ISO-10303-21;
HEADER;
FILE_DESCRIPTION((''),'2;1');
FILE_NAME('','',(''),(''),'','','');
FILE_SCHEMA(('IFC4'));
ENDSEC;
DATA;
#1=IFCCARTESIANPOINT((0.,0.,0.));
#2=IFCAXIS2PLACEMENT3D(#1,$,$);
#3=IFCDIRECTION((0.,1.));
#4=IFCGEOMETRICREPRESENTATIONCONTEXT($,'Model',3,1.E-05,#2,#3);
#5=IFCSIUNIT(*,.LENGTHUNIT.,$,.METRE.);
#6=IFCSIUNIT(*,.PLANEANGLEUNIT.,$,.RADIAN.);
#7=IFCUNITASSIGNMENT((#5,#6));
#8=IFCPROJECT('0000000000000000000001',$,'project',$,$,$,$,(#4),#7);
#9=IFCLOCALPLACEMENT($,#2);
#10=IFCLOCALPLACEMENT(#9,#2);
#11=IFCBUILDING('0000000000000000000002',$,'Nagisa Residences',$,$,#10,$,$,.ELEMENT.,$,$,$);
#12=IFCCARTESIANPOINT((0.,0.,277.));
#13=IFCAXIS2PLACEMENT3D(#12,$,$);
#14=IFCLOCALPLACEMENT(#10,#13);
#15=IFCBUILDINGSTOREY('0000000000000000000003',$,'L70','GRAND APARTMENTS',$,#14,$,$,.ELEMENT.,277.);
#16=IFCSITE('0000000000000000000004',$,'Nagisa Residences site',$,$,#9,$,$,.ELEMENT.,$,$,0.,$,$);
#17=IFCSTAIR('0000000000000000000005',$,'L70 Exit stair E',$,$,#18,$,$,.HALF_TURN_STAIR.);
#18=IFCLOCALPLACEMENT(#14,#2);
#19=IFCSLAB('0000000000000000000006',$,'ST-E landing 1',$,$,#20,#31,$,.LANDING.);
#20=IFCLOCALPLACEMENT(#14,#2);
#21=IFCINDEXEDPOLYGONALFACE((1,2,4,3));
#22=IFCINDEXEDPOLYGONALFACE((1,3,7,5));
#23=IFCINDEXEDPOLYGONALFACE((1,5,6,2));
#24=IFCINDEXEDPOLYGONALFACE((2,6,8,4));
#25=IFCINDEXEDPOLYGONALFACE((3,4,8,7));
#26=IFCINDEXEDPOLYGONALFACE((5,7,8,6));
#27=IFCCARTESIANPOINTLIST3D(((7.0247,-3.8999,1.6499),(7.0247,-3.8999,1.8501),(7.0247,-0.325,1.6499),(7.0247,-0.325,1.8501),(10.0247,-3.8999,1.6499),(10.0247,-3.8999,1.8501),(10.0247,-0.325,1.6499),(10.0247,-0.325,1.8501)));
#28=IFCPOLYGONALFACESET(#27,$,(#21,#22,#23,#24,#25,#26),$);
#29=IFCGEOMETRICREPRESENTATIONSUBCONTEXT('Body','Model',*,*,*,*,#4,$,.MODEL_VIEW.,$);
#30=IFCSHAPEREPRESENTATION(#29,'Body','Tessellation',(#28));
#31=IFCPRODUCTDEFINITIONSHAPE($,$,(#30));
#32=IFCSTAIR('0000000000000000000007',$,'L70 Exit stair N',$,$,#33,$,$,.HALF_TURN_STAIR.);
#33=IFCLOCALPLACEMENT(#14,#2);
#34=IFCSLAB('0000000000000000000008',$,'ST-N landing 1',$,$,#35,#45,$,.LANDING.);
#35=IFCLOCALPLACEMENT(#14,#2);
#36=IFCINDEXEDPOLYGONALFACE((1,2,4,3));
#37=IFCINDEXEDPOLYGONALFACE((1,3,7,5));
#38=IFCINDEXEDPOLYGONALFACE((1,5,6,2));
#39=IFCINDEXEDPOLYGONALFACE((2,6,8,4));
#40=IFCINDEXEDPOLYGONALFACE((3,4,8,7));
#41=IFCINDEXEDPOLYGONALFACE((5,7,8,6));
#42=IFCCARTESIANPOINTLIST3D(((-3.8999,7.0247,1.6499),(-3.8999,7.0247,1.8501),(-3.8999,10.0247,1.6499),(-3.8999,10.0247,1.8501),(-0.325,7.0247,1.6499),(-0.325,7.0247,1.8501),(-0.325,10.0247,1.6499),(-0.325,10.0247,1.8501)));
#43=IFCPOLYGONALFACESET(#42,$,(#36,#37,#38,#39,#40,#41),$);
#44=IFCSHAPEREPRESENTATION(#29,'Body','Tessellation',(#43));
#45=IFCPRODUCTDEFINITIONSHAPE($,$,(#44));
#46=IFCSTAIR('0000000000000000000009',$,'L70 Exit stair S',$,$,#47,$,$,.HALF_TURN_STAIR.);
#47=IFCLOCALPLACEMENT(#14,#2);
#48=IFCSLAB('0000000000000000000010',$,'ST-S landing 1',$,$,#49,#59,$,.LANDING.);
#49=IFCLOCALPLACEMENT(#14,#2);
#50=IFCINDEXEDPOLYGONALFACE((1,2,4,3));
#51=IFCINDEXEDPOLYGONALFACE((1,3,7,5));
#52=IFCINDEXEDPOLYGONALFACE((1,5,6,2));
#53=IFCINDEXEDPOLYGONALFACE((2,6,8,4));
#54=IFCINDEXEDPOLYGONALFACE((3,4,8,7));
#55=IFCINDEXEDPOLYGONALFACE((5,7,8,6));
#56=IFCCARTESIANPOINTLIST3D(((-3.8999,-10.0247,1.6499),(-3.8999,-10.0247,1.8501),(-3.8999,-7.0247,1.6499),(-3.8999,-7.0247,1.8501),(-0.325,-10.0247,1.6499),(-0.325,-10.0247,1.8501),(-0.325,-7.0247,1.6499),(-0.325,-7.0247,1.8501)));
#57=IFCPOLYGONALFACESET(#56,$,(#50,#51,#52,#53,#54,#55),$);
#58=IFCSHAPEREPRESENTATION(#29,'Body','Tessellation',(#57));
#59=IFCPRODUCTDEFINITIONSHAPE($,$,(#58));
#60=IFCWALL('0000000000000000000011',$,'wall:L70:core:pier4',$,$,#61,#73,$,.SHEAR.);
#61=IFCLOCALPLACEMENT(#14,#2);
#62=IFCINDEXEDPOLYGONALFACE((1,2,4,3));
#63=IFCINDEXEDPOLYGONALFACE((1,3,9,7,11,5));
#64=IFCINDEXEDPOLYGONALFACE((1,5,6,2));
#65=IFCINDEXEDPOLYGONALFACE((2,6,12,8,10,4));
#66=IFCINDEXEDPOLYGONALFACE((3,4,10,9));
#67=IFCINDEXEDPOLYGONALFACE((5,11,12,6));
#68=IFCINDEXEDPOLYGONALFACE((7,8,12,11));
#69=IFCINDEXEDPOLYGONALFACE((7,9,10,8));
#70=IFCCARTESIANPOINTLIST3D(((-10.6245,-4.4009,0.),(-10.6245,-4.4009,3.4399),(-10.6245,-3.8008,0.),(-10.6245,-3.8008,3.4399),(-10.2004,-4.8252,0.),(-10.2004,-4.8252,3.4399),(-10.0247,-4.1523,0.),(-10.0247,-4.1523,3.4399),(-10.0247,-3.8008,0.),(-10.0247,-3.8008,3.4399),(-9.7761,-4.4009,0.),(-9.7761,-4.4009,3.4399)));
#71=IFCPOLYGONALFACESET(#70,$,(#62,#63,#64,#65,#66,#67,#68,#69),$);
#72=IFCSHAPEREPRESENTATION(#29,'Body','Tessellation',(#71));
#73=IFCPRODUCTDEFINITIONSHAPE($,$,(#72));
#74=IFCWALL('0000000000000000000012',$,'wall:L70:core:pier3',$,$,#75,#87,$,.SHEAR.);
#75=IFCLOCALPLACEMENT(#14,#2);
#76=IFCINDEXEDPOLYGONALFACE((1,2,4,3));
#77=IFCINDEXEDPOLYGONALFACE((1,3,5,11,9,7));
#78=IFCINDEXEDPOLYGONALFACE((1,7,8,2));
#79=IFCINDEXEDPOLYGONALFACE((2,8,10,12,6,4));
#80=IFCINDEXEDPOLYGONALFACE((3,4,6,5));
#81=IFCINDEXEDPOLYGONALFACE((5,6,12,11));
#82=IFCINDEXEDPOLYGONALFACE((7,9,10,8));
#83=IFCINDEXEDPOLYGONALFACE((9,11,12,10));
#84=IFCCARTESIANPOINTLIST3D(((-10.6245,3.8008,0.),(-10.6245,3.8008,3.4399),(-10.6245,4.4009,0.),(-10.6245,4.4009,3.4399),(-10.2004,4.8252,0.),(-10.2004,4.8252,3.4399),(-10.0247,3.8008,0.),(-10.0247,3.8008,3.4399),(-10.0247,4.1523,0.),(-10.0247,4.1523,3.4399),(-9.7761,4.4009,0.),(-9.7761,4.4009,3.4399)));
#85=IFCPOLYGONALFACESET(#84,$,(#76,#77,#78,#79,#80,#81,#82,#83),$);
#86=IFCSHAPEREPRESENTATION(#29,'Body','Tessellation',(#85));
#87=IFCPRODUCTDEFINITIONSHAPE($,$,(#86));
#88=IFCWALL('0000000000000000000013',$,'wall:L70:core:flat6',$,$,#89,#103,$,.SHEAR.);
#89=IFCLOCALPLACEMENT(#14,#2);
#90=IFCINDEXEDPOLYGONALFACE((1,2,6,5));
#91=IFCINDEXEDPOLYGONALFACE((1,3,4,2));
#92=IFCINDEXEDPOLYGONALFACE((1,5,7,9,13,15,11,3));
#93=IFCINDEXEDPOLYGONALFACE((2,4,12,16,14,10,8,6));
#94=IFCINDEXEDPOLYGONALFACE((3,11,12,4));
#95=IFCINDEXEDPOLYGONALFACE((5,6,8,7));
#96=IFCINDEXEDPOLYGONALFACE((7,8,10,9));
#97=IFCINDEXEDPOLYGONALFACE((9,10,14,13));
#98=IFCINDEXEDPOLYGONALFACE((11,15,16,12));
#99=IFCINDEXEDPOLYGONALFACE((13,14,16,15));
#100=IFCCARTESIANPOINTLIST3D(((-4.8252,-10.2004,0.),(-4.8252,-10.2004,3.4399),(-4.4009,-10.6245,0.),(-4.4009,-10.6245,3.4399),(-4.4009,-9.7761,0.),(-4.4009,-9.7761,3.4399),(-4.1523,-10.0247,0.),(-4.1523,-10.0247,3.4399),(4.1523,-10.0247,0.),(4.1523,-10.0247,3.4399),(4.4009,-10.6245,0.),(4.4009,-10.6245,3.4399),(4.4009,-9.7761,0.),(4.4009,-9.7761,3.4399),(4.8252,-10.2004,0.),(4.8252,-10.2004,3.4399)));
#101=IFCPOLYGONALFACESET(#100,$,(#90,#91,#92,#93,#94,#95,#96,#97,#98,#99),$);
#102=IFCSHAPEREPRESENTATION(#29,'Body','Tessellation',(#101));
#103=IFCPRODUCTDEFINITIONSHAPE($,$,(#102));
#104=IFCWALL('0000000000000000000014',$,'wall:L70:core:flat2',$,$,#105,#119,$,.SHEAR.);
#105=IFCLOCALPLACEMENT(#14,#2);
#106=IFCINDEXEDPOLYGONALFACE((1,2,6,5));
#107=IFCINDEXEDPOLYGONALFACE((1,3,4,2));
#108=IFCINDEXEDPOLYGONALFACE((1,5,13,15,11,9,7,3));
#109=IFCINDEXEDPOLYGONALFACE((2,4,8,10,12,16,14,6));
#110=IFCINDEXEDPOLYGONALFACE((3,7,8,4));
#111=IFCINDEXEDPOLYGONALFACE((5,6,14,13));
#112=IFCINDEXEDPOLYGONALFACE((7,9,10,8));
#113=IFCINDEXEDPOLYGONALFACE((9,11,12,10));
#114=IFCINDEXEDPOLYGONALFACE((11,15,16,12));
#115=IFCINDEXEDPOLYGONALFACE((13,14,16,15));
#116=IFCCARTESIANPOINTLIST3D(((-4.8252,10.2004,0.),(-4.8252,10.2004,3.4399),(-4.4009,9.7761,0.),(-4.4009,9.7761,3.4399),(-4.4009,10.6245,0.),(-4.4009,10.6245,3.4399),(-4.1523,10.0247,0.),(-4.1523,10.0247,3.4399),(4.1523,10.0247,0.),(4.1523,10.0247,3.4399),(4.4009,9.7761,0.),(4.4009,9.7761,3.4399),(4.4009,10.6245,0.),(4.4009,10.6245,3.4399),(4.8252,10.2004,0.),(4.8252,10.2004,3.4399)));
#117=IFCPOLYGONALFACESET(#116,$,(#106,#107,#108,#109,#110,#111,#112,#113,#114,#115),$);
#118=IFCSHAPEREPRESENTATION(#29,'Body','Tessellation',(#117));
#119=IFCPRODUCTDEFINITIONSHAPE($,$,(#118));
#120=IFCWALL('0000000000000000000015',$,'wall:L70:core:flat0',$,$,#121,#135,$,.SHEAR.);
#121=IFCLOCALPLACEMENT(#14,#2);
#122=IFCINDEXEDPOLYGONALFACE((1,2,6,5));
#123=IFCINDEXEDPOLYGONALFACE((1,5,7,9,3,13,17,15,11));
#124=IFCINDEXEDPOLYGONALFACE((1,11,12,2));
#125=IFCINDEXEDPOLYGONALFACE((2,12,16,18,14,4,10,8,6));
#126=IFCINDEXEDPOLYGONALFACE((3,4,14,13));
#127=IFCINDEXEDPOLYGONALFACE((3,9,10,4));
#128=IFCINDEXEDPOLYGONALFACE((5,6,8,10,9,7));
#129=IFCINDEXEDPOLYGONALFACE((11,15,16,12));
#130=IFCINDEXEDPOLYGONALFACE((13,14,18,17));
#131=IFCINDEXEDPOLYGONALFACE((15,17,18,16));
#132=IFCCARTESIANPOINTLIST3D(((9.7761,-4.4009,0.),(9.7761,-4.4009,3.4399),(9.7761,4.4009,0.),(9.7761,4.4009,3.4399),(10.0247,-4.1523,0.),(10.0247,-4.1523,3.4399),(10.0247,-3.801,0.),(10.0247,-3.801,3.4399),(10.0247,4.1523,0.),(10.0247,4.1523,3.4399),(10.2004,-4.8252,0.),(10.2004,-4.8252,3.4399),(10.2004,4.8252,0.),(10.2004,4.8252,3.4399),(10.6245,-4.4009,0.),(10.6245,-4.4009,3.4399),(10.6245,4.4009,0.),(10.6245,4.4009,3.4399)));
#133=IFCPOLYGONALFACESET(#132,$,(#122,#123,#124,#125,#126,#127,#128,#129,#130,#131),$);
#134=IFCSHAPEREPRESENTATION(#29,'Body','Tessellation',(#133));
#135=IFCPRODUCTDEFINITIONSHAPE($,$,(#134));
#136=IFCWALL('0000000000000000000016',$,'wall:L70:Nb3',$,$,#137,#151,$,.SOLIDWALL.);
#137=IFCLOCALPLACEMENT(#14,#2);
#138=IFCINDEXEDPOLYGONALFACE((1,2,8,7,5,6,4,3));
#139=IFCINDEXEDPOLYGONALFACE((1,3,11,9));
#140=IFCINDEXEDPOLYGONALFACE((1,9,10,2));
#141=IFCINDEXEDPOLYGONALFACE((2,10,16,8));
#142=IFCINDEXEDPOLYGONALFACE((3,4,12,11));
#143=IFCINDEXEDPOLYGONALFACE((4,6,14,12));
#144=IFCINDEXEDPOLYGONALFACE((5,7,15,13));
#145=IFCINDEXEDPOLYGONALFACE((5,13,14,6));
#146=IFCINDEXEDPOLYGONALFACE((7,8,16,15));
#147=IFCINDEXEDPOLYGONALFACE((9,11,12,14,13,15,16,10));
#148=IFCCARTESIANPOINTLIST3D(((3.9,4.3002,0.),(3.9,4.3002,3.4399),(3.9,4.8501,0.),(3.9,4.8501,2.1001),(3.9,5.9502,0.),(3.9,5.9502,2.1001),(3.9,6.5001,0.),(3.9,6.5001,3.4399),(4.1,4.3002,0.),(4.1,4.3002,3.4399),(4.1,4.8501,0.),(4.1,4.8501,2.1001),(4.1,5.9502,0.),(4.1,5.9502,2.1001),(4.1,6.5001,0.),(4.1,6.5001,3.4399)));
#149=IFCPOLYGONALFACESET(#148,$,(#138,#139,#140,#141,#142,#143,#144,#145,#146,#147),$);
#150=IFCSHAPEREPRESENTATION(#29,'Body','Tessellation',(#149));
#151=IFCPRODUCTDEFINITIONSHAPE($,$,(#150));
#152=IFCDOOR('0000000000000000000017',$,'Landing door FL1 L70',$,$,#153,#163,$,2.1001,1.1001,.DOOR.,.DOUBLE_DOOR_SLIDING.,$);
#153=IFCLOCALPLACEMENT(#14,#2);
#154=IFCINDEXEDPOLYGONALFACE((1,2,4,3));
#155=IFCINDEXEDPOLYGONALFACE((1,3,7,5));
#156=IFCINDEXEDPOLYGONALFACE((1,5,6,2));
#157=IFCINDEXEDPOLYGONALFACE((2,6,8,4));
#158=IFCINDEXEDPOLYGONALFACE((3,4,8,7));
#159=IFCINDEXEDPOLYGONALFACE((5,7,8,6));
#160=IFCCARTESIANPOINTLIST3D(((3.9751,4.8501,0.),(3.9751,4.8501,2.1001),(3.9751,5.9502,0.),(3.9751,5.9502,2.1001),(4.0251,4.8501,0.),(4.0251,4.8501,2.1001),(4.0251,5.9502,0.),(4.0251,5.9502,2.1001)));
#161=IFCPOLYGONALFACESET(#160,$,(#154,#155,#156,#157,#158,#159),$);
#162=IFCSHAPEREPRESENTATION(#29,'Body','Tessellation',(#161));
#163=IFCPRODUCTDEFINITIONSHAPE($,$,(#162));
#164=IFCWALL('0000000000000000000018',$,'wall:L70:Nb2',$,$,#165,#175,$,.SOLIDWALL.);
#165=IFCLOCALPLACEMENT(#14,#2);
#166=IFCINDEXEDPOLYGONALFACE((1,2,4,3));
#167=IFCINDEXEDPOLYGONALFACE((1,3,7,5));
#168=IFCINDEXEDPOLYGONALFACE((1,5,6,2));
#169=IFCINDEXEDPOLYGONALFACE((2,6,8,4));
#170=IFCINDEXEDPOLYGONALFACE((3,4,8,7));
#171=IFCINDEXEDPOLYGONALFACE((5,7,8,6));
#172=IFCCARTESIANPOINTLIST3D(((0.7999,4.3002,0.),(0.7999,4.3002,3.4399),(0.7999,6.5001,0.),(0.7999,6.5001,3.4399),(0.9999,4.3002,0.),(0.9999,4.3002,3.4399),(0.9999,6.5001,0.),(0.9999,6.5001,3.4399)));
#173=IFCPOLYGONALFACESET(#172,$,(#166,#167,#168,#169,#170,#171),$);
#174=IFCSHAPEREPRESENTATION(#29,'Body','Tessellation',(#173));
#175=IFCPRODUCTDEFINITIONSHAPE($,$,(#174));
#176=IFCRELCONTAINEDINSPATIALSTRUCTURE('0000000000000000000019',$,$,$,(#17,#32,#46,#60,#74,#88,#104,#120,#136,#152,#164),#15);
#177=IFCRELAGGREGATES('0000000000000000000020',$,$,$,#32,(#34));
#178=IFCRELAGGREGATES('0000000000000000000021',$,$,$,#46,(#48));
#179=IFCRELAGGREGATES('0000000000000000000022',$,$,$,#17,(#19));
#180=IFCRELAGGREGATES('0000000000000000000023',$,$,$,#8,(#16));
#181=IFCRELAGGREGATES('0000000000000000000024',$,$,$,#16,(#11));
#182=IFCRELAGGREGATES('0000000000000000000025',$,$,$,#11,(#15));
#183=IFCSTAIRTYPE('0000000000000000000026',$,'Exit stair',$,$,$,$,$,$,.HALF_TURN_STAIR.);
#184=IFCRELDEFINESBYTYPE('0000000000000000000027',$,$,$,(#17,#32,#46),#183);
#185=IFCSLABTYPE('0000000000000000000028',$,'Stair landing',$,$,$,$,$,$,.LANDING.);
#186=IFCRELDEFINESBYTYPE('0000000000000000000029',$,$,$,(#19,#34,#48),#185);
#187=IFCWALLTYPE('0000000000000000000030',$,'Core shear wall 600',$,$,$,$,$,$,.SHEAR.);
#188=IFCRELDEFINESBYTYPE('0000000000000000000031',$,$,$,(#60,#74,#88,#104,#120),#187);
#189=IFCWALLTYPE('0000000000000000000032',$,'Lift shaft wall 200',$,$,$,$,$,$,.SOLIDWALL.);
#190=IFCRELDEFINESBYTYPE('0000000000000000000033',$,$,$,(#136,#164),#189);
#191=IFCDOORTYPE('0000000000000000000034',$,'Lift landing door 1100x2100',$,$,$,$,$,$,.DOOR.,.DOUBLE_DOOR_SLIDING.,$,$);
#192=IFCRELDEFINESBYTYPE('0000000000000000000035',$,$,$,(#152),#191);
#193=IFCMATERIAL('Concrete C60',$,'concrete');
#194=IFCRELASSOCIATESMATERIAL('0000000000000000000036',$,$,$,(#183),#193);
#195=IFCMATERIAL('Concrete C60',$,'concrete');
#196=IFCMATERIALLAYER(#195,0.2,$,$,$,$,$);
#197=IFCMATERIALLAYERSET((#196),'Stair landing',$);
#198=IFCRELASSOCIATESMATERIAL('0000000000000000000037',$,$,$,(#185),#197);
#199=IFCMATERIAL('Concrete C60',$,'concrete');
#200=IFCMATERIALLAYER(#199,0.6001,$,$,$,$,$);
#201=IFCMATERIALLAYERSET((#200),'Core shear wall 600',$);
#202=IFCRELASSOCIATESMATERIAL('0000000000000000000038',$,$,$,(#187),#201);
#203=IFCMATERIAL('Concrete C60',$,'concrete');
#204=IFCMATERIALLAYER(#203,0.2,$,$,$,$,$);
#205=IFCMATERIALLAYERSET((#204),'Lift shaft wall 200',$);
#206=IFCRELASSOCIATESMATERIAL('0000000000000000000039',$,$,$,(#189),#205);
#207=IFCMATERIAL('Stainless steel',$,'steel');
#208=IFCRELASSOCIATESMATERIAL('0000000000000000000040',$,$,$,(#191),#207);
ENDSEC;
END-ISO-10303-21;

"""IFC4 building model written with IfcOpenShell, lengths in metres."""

from ifc_helpers import new_model, si_unit, direction, frame, frame_2d, origin, place, context, subcontext, project, spatial, polyline, rectangle, outline, extrude, material, layer, layer_set, type_object, element, fill, aggregate, save


model = new_model("IFC4")

# Units and contexts
model_context = context("Model", 3, precision=1e-05, world=origin(), true_north=direction((0.0, 1.0)))
body_context = subcontext(model_context, "Body", "Model", "MODEL_VIEW")
ifc_project = project(units=[si_unit("LENGTHUNIT", "METRE"), si_unit("PLANEANGLEUNIT", "RADIAN")], contexts=[model_context])

# Site, building, storey
site_placement = place(None, origin())
site = spatial("IfcSite", under=ifc_project, at=site_placement, Name="Nagisa Residences site", CompositionType="ELEMENT", RefElevation=0.0)
building_placement = place(site_placement, origin())
building = spatial("IfcBuilding", under=site, at=building_placement, Name="Nagisa Residences", CompositionType="ELEMENT")
storey_placement = place(building_placement, frame((0.0, 0.0, 277.0)))
storey = spatial("IfcBuildingStorey", under=building, at=storey_placement, Name="L70", Description="GRAND APARTMENTS", CompositionType="ELEMENT", Elevation=277.0)

# Stairs, slabs
ifc_material_1 = material(Name="Concrete C60", Category="concrete")
stair_type = type_object("IfcStairType", Name="Exit stair", PredefinedType="HALF_TURN_STAIR", material=ifc_material_1)
stair_1_placement = place(storey_placement, origin())
stair_1 = element("IfcStair", 1, at=stair_1_placement, inside=storey, type_object=stair_type, Name="L70 Exit stair E", PredefinedType="HALF_TURN_STAIR")
ifc_material_2 = material(Name="Concrete C60", Category="concrete")
ifc_layer_1 = layer(ifc_material_2, 0.2)
ifc_layer_set_1 = layer_set([ifc_layer_1], Name="Stair landing")
slab_type = type_object("IfcSlabType", Name="Stair landing", PredefinedType="LANDING", material=ifc_layer_set_1)
slab_1_placement = place(storey_placement, frame((0.0, 0.0, 1.6499)))
slab_1 = element("IfcSlab", 2, at=slab_1_placement, type_object=slab_type, Name="ST-E landing 1", PredefinedType="LANDING", context=body_context, shape_type="SweptSolid", body=[
    extrude(outline(polyline([(7.0247, -0.325), (7.0247, -3.8999), (10.0247, -3.8999), (10.0247, -0.325), (7.0247, -0.325)])), origin(), (0.0, 0.0, 1.0), 0.2002),
])
stair_2_placement = place(storey_placement, origin())
stair_2 = element("IfcStair", 3, at=stair_2_placement, inside=storey, type_object=stair_type, Name="L70 Exit stair N", PredefinedType="HALF_TURN_STAIR")
slab_2_placement = place(storey_placement, frame((0.0, 0.0, 1.6499)))
slab_2 = element("IfcSlab", 4, at=slab_2_placement, type_object=slab_type, Name="ST-N landing 1", PredefinedType="LANDING", context=body_context, shape_type="SweptSolid", body=[
    extrude(outline(polyline([(-0.325, 10.0247), (-3.8999, 10.0247), (-3.8999, 7.0247), (-0.325, 7.0247), (-0.325, 10.0247)])), origin(), (0.0, 0.0, 1.0), 0.2002),
])
aggregate(stair_2, [slab_2])
stair_3_placement = place(storey_placement, origin())
stair_3 = element("IfcStair", 5, at=stair_3_placement, inside=storey, type_object=stair_type, Name="L70 Exit stair S", PredefinedType="HALF_TURN_STAIR")
slab_3_placement = place(storey_placement, frame((0.0, 0.0, 1.6499)))
slab_3 = element("IfcSlab", 6, at=slab_3_placement, type_object=slab_type, Name="ST-S landing 1", PredefinedType="LANDING", context=body_context, shape_type="SweptSolid", body=[
    extrude(outline(polyline([(-0.325, -7.0247), (-3.8999, -7.0247), (-3.8999, -10.0247), (-0.325, -10.0247), (-0.325, -7.0247)])), origin(), (0.0, 0.0, 1.0), 0.2002),
])
aggregate(stair_3, [slab_3])

# Walls
ifc_material_3 = material(Name="Concrete C60", Category="concrete")
ifc_layer_2 = layer(ifc_material_3, 0.6001)
ifc_layer_set_2 = layer_set([ifc_layer_2], Name="Core shear wall 600")
wall_type_1 = type_object("IfcWallType", Name="Core shear wall 600", PredefinedType="SHEAR", material=ifc_layer_set_2)
wall_1_placement = place(storey_placement, origin())
element("IfcWall", 7, at=wall_1_placement, inside=storey, type_object=wall_type_1, Name="wall:L70:core:pier4", PredefinedType="SHEAR", context=body_context, shape_type="SweptSolid", body=[
    extrude(outline(polyline([(-10.6245, -3.8008), (-10.0247, -3.8008), (-10.0247, -4.1523), (-9.7761, -4.4009), (-10.2004, -4.8252), (-10.6245, -4.4009), (-10.6245, -3.8008)])), origin(), (0.0, 0.0, 1.0), 3.4399),
])
wall_2_placement = place(storey_placement, origin())
element("IfcWall", 8, at=wall_2_placement, inside=storey, type_object=wall_type_1, Name="wall:L70:core:pier3", PredefinedType="SHEAR", context=body_context, shape_type="SweptSolid", body=[
    extrude(outline(polyline([(-10.2004, 4.8252), (-9.7761, 4.4009), (-10.0247, 4.1523), (-10.0247, 3.8008), (-10.6245, 3.8008), (-10.6245, 4.4009), (-10.2004, 4.8252)])), origin(), (0.0, 0.0, 1.0), 3.4399),
])
wall_3_placement = place(storey_placement, origin())
element("IfcWall", 9, at=wall_3_placement, inside=storey, type_object=wall_type_1, Name="wall:L70:core:flat6", PredefinedType="SHEAR", context=body_context, shape_type="SweptSolid", body=[
    extrude(outline(polyline([(-4.1523, -10.0247), (4.1523, -10.0247), (4.4009, -9.7761), (4.8252, -10.2004), (4.4009, -10.6245), (-4.4009, -10.6245), (-4.8252, -10.2004), (-4.4009, -9.7761), (-4.1523, -10.0247)])), origin(), (0.0, 0.0, 1.0), 3.4399),
])
wall_4_placement = place(storey_placement, origin())
element("IfcWall", 10, at=wall_4_placement, inside=storey, type_object=wall_type_1, Name="wall:L70:core:flat2", PredefinedType="SHEAR", context=body_context, shape_type="SweptSolid", body=[
    extrude(outline(polyline([(-4.1523, 10.0247), (-4.4009, 9.7761), (-4.8252, 10.2004), (-4.4009, 10.6245), (4.4009, 10.6245), (4.8252, 10.2004), (4.4009, 9.7761), (4.1523, 10.0247), (-4.1523, 10.0247)])), origin(), (0.0, 0.0, 1.0), 3.4399),
])
wall_5_placement = place(storey_placement, origin())
element("IfcWall", 11, at=wall_5_placement, inside=storey, type_object=wall_type_1, Name="wall:L70:core:flat0", PredefinedType="SHEAR", context=body_context, shape_type="SweptSolid", body=[
    extrude(outline(polyline([(9.7761, -4.4009), (10.0247, -4.1523), (10.0247, -3.801), (10.0247, 4.1523), (9.7761, 4.4009), (10.2004, 4.8252), (10.6245, 4.4009), (10.6245, -4.4009), (10.2004, -4.8252), (9.7761, -4.4009)])), origin(), (0.0, 0.0, 1.0), 3.4399),
])

# Wall, opening, door
ifc_material_4 = material(Name="Concrete C60", Category="concrete")
ifc_layer_3 = layer(ifc_material_4, 0.2)
ifc_layer_set_3 = layer_set([ifc_layer_3], Name="Lift shaft wall 200")
wall_type_2 = type_object("IfcWallType", Name="Lift shaft wall 200", PredefinedType="SOLIDWALL", material=ifc_layer_set_3)
wall_6_placement = place(storey_placement, frame((4.0, 4.3, 0.0), z_axis=(0.0, 0.0, 1.0), x_axis=(0.0, 1.0, 0.0)))
wall_6 = element("IfcWall", 12, at=wall_6_placement, inside=storey, type_object=wall_type_2, Name="wall:L70:Nb3", PredefinedType="SOLIDWALL", context=body_context, shape_type="SweptSolid", body=[
    extrude(rectangle(XDim=2.2, YDim=0.2, at=frame_2d((1.1001, 0.0))), origin(), (0.0, 0.0, 1.0), 3.4399),
])
opening_1_placement = place(wall_6_placement, frame((0.55, 0.0, 0.0)))
opening_1 = element("IfcOpeningElement", 13, at=opening_1_placement, cuts=wall_6, PredefinedType="OPENING", context=body_context, shape_type="SweptSolid", body=[
    extrude(rectangle(XDim=1.1001, YDim=2.1001, at=frame_2d((0.55, 1.05))), frame((0.0, 0.1099, 0.0), z_axis=(0.0, -1.0, 0.0), x_axis=(1.0, 0.0, 0.0)), (0.0, 0.0, 1.0), 0.22),
])
ifc_material_5 = material(Name="Stainless steel", Category="steel")
door_type_1 = type_object("IfcDoorType", Name="Lift landing door 1100x2100", OperationType="DOUBLE_DOOR_SLIDING", PredefinedType="DOOR", material=ifc_material_5)
door_1_placement = place(opening_1_placement, origin())
door_1 = element("IfcDoor", 14, at=door_1_placement, inside=storey, type_object=door_type_1, Name="Landing door FL1 L70", OperationType="DOUBLE_DOOR_SLIDING", OverallHeight=2.1001, OverallWidth=1.1001, PredefinedType="DOOR", context=body_context, shape_type="SweptSolid", body=[
    extrude(rectangle(XDim=1.1001, YDim=2.1001, at=frame_2d((0.55, 1.05))), frame((0.0, 0.0249, 0.0), z_axis=(0.0, -1.0, 0.0), x_axis=(1.0, 0.0, 0.0)), (0.0, 0.0, 1.0), 0.05),
])
fill(opening_1, door_1)

# Wall
wall_7_placement = place(storey_placement, frame((0.8999, 4.3, 0.0), z_axis=(0.0, 0.0, 1.0), x_axis=(0.0, 1.0, 0.0)))
element("IfcWall", 15, at=wall_7_placement, inside=storey, type_object=wall_type_2, Name="wall:L70:Nb2", PredefinedType="SOLIDWALL", context=body_context, shape_type="SweptSolid", body=[
    extrude(rectangle(XDim=2.2, YDim=0.2, at=frame_2d((1.1001, 0.0))), origin(), (0.0, 0.0, 1.0), 3.4399),
])

aggregate(stair_1, [slab_1])

save(model, "model.ifc")
